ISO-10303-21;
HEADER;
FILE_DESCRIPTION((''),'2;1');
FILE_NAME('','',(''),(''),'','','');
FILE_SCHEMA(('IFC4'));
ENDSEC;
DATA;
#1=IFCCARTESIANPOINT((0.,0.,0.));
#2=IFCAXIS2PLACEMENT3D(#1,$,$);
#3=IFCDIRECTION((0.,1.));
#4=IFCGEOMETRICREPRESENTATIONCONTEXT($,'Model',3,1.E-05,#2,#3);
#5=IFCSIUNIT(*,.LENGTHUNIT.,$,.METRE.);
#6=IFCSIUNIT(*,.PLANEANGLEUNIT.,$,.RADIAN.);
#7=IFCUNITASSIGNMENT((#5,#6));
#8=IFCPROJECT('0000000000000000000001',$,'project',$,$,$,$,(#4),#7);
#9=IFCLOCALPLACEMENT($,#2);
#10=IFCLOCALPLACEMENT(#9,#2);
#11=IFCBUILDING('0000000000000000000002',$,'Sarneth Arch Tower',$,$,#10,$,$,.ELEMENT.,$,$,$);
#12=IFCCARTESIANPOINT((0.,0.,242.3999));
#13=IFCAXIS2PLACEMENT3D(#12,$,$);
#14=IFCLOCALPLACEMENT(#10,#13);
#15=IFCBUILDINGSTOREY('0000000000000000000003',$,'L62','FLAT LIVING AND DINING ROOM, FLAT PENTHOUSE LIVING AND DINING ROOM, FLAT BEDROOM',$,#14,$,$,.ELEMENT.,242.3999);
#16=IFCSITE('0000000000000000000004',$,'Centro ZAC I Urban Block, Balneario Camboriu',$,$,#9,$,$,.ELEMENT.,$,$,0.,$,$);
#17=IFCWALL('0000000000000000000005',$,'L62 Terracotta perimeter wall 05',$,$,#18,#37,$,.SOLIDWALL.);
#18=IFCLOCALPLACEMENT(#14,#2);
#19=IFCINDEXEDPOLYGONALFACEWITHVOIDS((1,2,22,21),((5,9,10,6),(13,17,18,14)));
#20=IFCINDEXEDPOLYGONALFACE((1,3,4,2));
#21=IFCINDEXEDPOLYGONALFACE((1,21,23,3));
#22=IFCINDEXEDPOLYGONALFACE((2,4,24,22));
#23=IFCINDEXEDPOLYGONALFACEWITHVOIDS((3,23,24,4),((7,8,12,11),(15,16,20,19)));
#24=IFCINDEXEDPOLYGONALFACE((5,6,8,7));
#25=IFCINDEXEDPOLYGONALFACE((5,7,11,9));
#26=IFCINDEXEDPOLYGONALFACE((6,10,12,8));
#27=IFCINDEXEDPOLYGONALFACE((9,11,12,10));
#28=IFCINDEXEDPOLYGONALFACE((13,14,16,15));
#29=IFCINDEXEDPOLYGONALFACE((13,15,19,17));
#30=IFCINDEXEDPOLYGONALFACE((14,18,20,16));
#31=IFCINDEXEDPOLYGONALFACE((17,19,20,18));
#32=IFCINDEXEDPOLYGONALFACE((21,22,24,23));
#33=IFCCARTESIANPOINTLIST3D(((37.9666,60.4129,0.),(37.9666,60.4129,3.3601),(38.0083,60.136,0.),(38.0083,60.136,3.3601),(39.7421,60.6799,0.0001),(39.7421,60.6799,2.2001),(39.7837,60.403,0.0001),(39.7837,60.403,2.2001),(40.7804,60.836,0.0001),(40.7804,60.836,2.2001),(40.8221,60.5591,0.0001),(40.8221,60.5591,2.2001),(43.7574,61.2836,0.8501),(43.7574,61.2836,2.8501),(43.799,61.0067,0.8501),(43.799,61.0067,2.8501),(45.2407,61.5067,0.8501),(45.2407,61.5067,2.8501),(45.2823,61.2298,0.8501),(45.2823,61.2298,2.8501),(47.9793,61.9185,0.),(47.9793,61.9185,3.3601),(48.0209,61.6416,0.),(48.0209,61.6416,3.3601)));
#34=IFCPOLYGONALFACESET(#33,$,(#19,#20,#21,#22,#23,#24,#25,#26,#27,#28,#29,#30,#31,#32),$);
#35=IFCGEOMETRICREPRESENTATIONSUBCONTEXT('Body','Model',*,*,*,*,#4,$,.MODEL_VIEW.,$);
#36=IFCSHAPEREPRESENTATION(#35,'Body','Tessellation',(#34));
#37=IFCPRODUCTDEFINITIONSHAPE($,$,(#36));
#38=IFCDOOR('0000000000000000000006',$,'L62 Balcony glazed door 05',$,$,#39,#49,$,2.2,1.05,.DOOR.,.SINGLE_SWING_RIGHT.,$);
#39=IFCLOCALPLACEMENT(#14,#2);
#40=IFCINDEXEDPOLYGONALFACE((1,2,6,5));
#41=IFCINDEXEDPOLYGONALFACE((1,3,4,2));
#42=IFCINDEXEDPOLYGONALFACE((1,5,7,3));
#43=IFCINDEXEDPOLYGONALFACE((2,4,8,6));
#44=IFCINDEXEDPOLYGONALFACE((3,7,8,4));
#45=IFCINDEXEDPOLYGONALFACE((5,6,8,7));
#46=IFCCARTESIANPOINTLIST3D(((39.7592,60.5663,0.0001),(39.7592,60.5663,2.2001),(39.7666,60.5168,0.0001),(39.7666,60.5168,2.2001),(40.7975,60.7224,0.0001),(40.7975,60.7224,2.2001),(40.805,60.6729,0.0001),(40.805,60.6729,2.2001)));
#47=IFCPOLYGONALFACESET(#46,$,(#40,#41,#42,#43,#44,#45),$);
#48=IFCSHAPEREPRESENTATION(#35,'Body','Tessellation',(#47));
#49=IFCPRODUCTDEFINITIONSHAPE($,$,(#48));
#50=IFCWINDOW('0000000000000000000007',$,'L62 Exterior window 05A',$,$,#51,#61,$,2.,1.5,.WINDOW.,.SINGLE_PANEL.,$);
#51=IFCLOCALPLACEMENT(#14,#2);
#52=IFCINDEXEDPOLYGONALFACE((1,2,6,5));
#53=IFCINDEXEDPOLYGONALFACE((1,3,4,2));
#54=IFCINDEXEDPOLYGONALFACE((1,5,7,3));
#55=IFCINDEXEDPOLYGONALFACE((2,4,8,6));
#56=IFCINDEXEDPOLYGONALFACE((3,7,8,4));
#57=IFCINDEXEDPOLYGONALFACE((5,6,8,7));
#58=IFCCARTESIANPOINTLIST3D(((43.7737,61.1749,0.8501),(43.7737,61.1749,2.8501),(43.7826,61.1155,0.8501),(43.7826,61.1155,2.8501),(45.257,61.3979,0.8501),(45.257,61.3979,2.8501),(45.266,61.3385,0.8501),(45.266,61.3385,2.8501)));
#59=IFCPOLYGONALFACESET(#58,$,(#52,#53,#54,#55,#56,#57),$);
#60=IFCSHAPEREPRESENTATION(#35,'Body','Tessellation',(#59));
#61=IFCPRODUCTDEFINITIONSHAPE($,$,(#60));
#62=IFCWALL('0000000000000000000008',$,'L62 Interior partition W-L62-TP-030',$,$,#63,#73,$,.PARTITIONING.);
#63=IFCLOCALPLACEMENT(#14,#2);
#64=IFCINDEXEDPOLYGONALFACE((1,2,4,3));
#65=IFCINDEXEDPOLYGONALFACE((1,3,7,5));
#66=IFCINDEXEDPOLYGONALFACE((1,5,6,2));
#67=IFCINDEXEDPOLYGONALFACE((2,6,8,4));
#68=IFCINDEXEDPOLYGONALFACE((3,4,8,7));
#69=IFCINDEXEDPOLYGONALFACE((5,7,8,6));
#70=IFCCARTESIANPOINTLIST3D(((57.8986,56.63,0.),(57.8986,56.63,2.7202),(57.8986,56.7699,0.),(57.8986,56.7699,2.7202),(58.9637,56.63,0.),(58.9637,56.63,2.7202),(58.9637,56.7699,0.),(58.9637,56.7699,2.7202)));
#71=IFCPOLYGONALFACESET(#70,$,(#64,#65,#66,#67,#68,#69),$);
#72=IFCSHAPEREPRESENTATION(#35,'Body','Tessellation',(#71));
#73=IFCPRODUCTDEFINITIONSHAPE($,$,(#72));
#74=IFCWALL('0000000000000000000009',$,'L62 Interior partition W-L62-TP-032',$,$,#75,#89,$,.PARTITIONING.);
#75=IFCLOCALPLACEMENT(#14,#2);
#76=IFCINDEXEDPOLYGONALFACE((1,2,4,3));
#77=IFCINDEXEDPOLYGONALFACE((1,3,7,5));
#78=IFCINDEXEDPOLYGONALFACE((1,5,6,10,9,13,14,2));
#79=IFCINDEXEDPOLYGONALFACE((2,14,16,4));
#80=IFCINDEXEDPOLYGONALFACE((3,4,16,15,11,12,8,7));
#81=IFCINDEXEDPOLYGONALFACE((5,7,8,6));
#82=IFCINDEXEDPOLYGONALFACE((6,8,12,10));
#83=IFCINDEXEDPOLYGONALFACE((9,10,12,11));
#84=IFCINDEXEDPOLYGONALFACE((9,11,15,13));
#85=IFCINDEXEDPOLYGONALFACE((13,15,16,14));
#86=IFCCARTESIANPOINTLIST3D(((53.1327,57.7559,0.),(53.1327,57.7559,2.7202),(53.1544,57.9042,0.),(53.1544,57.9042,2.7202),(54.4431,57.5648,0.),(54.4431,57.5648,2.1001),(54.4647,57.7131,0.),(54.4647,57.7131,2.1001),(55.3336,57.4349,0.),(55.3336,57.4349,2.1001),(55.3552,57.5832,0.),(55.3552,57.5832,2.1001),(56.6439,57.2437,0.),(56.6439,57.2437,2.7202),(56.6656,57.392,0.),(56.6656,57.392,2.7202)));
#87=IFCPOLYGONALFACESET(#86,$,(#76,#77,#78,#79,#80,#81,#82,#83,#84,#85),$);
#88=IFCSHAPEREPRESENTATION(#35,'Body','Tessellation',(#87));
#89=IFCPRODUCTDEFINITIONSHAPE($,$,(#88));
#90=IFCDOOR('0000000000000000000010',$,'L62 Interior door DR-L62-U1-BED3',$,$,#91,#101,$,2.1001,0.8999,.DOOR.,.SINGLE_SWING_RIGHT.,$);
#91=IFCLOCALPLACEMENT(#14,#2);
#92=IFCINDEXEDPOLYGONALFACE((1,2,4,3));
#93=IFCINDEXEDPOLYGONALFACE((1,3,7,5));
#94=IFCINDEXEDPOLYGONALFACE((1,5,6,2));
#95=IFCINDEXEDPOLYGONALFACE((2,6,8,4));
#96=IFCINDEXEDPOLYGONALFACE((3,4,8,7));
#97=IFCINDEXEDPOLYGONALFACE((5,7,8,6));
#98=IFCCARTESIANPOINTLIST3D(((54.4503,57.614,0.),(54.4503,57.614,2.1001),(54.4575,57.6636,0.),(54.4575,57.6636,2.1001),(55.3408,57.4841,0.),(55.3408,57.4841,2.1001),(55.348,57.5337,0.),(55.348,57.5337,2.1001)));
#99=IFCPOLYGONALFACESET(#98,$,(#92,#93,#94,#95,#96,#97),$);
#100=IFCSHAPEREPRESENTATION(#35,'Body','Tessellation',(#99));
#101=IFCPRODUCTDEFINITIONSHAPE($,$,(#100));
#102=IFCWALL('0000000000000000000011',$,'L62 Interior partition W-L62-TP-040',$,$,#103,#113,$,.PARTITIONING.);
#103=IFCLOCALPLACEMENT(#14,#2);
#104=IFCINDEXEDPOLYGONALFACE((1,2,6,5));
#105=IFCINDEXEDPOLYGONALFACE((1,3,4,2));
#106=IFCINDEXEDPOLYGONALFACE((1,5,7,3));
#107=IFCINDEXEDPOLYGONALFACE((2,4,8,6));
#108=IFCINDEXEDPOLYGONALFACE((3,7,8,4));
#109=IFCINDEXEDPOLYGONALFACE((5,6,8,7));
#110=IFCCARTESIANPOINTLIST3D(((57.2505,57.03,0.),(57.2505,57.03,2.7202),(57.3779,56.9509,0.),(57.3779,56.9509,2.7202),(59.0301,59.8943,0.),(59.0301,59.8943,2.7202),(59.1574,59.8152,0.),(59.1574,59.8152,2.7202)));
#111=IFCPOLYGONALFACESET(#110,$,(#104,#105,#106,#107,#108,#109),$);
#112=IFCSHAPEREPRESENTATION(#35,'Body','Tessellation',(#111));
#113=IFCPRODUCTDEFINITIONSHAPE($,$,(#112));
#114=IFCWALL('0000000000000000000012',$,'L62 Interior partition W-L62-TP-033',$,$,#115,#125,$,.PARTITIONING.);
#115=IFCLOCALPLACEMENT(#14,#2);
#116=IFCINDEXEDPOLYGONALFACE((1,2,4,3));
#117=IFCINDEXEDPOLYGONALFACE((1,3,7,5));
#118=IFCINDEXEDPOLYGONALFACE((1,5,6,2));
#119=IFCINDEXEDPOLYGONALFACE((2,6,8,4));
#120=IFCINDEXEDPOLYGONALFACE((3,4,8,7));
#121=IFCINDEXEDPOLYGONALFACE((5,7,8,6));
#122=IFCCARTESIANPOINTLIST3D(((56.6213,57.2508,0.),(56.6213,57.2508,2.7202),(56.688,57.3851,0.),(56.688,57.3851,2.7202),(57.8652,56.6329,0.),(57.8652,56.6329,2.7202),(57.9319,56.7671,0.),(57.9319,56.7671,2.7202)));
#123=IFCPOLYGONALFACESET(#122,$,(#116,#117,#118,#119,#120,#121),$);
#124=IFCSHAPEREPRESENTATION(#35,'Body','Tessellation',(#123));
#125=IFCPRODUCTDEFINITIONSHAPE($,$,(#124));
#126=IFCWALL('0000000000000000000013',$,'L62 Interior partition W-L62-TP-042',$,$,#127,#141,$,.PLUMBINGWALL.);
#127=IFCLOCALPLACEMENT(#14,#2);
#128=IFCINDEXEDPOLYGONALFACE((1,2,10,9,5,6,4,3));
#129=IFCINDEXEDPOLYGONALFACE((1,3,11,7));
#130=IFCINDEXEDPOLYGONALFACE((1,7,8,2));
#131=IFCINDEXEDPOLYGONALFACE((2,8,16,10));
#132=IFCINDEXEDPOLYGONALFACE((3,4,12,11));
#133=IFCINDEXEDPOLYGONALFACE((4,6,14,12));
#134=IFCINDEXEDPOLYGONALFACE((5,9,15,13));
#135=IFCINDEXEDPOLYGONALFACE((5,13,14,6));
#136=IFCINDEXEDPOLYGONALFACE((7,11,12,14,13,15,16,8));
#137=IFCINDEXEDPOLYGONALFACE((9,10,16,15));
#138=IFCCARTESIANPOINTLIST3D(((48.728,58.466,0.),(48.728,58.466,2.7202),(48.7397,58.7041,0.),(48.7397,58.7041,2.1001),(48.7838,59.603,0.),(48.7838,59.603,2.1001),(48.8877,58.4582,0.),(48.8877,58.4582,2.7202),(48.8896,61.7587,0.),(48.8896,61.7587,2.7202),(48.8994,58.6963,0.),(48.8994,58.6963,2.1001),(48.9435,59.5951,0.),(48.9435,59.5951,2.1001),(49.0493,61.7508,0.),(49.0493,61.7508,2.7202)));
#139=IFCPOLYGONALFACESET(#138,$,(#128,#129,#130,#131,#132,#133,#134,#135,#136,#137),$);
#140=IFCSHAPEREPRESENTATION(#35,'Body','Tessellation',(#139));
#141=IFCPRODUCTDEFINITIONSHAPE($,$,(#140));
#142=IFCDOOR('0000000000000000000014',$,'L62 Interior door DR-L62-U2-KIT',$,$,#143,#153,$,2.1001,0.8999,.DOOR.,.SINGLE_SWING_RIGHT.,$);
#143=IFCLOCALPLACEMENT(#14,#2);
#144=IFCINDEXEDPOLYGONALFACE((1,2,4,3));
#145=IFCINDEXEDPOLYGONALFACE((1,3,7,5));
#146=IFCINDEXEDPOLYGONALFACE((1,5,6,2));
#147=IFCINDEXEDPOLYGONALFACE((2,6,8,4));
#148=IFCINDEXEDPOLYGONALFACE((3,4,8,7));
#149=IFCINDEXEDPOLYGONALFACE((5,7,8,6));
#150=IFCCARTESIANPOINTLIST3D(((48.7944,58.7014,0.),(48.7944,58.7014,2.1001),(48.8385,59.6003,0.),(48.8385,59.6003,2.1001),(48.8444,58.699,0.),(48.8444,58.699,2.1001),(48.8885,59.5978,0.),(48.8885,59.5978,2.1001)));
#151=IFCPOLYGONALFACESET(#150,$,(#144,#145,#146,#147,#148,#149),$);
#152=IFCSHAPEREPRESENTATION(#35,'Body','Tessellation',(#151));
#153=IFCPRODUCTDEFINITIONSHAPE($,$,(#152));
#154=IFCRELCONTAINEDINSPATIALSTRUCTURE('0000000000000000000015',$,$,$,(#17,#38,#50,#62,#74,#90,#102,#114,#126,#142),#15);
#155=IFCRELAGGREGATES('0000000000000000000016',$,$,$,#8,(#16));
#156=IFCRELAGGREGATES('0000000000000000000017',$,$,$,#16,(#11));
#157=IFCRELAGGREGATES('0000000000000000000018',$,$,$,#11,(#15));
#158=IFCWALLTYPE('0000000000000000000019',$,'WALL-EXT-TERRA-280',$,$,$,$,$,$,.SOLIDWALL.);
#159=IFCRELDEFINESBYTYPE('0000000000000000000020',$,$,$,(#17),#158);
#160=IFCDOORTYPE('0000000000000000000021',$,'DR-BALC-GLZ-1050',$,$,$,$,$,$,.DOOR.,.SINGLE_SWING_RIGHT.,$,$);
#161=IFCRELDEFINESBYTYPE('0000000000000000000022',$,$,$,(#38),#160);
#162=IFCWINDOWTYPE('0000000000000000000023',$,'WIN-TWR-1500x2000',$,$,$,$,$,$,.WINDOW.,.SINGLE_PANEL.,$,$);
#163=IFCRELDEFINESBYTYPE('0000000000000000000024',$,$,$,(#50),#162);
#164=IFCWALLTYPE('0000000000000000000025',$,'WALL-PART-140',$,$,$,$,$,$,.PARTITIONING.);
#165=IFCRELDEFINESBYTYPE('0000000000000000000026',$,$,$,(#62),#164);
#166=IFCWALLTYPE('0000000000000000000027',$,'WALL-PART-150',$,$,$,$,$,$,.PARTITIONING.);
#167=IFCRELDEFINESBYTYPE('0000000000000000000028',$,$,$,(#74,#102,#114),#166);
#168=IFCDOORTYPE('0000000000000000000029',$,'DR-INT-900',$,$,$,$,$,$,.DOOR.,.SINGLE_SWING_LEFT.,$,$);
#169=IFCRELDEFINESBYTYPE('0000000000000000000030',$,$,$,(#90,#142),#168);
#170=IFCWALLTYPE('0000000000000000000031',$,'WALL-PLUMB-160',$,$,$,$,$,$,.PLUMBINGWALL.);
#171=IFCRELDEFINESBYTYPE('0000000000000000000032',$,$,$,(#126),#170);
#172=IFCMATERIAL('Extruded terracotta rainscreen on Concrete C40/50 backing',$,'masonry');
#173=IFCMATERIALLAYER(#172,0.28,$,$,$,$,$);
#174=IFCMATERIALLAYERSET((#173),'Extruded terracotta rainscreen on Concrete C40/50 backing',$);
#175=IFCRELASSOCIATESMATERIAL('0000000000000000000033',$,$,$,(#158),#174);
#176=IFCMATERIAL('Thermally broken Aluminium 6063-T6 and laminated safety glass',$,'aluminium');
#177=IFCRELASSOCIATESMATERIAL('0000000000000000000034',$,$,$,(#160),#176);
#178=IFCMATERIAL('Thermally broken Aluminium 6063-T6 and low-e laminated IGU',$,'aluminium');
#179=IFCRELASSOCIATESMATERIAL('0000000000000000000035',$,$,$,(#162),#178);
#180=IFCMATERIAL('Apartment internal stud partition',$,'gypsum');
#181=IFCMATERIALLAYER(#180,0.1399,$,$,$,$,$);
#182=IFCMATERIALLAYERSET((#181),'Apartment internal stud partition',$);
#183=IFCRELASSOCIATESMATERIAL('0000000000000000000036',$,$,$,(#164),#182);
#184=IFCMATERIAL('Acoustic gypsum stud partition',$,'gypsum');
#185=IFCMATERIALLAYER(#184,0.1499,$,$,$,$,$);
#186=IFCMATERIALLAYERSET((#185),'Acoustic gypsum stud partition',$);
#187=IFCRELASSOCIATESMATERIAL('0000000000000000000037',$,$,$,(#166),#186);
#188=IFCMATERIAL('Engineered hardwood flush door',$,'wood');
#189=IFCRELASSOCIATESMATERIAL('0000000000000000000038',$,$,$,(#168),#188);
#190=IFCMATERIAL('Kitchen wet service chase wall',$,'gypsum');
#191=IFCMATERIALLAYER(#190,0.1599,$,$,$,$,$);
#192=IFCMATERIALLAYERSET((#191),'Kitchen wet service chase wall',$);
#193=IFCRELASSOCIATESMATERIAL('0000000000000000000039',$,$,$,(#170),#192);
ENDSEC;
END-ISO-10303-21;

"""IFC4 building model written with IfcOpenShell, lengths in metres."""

from ifc_helpers import new_model, si_unit, direction, frame, frame_2d, origin, place, context, subcontext, project, spatial, rectangle, extrude, material, layer, layer_set, type_object, element, fill, save


model = new_model("IFC4")

# Units and contexts
model_context = context("Model", 3, precision=1e-05, world=origin(), true_north=direction((0.0, 1.0)))
body_context = subcontext(model_context, "Body", "Model", "MODEL_VIEW")
ifc_project = project(units=[si_unit("LENGTHUNIT", "METRE"), si_unit("PLANEANGLEUNIT", "RADIAN")], contexts=[model_context])

# Site, building, storey
site_placement = place(None, origin())
site = spatial("IfcSite", under=ifc_project, at=site_placement, Name="Centro ZAC I Urban Block, Balneario Camboriu", CompositionType="ELEMENT", RefElevation=0.0)
building_placement = place(site_placement, origin())
building = spatial("IfcBuilding", under=site, at=building_placement, Name="Sarneth Arch Tower", CompositionType="ELEMENT")
storey_placement = place(building_placement, frame((0.0, 0.0, 242.3999)))
storey = spatial("IfcBuildingStorey", under=building, at=storey_placement, Name="L62", Description="FLAT LIVING AND DINING ROOM, FLAT PENTHOUSE LIVING AND DINING ROOM, FLAT BEDROOM", CompositionType="ELEMENT", Elevation=242.3999)

# Wall, openings, door, window
ifc_material_1 = material(Name="Extruded terracotta rainscreen on Concrete C40/50 backing", Category="masonry")
ifc_layer_1 = layer(ifc_material_1, 0.28)
ifc_layer_set_1 = layer_set([ifc_layer_1], Name="Extruded terracotta rainscreen on Concrete C40/50 backing")
wall_type_1 = type_object("IfcWallType", Name="WALL-EXT-TERRA-280", PredefinedType="SOLIDWALL", material=ifc_layer_set_1)
wall_1_placement = place(storey_placement, frame((48.0, 61.78, 0.0), z_axis=(0.0, 0.0, 1.0), x_axis=(-0.988883, -0.148699, 0.0)))
wall_1 = element("IfcWall", 1, at=wall_1_placement, inside=storey, type_object=wall_type_1, Name="L62 Terracotta perimeter wall 05", PredefinedType="SOLIDWALL", context=body_context, shape_type="SweptSolid", body=[
    extrude(rectangle(XDim=10.1252, YDim=0.28, at=frame_2d((5.0625, 0.0))), origin(), (0.0, 0.0, 1.0), 3.3601),
])
opening_1_placement = place(wall_1_placement, frame((2.7693, 0.0, 0.8501)))
opening_1 = element("IfcOpeningElement", 2, at=opening_1_placement, cuts=wall_1, PredefinedType="OPENING", context=body_context, shape_type="SweptSolid", body=[
    extrude(rectangle(XDim=1.5, YDim=2.0, at=frame_2d((0.75, 1.0))), frame((0.0, 0.1499, 0.0), z_axis=(0.0, -1.0, 0.0), x_axis=(1.0, 0.0, 0.0)), (0.0, 0.0, 1.0), 0.3),
])
opening_2_placement = place(wall_1_placement, frame((7.2798, 0.0, 0.0)))
opening_2 = element("IfcOpeningElement", 3, at=opening_2_placement, cuts=wall_1, PredefinedType="OPENING", context=body_context, shape_type="SweptSolid", body=[
    extrude(rectangle(XDim=1.05, YDim=2.2, at=frame_2d((0.5249, 1.1001))), frame((0.0, 0.1499, 0.0), z_axis=(0.0, -1.0, 0.0), x_axis=(1.0, 0.0, 0.0)), (0.0, 0.0, 1.0), 0.3),
])
ifc_material_2 = material(Name="Thermally broken Aluminium 6063-T6 and laminated safety glass", Category="aluminium")
door_type_1 = type_object("IfcDoorType", Name="DR-BALC-GLZ-1050", OperationType="SINGLE_SWING_RIGHT", PredefinedType="DOOR", material=ifc_material_2)
door_1_placement = place(opening_2_placement, origin())
door_1 = element("IfcDoor", 4, at=door_1_placement, inside=storey, type_object=door_type_1, Name="L62 Balcony glazed door 05", OperationType="SINGLE_SWING_RIGHT", OverallHeight=2.2, OverallWidth=1.05, PredefinedType="DOOR", context=body_context, shape_type="SweptSolid", body=[
    extrude(rectangle(XDim=1.05, YDim=2.2, at=frame_2d((0.5249, 1.1001))), frame((0.0, 0.0249, 0.0), z_axis=(0.0, -1.0, 0.0), x_axis=(1.0, 0.0, 0.0)), (0.0, 0.0, 1.0), 0.05),
])
fill(opening_2, door_1)
ifc_material_3 = material(Name="Thermally broken Aluminium 6063-T6 and low-e laminated IGU", Category="aluminium")
window_type_1 = type_object("IfcWindowType", Name="WIN-TWR-1500x2000", PartitioningType="SINGLE_PANEL", PredefinedType="WINDOW", material=ifc_material_3)
window_1_placement = place(opening_1_placement, origin())
window_1 = element("IfcWindow", 5, at=window_1_placement, inside=storey, type_object=window_type_1, Name="L62 Exterior window 05A", OverallHeight=2.0, OverallWidth=1.5, PartitioningType="SINGLE_PANEL", PredefinedType="WINDOW", context=body_context, shape_type="SweptSolid", body=[
    extrude(rectangle(XDim=1.5, YDim=2.0, at=frame_2d((0.75, 1.0))), frame((0.0, 0.03, 0.0), z_axis=(0.0, -1.0, 0.0), x_axis=(1.0, 0.0, 0.0)), (0.0, 0.0, 1.0), 0.0601),
])
fill(opening_1, window_1)

# Wall
ifc_material_4 = material(Name="Apartment internal stud partition", Category="gypsum")
ifc_layer_2 = layer(ifc_material_4, 0.1399)
ifc_layer_set_2 = layer_set([ifc_layer_2], Name="Apartment internal stud partition")
wall_type_2 = type_object("IfcWallType", Name="WALL-PART-140", PredefinedType="PARTITIONING", material=ifc_layer_set_2)
wall_2_placement = place(storey_placement, frame((58.9639, 56.7, 0.0), z_axis=(0.0, 0.0, 1.0), x_axis=(-1.0, 0.0, 0.0)))
element("IfcWall", 6, at=wall_2_placement, inside=storey, type_object=wall_type_2, Name="L62 Interior partition W-L62-TP-030", PredefinedType="PARTITIONING", context=body_context, shape_type="SweptSolid", body=[
    extrude(rectangle(XDim=1.0652, YDim=0.1399, at=frame_2d((0.5327, 0.0))), origin(), (0.0, 0.0, 1.0), 2.7202),
])

# Wall, opening, door
ifc_material_5 = material(Name="Acoustic gypsum stud partition", Category="gypsum")
ifc_layer_3 = layer(ifc_material_5, 0.1499)
ifc_layer_set_3 = layer_set([ifc_layer_3], Name="Acoustic gypsum stud partition")
wall_type_3 = type_object("IfcWallType", Name="WALL-PART-150", PredefinedType="PARTITIONING", material=ifc_layer_set_3)
wall_3_placement = place(storey_placement, frame((53.1436, 57.8301, 0.0), z_axis=(0.0, 0.0, 1.0), x_axis=(0.989527, -0.144349, 0.0)))
wall_3 = element("IfcWall", 7, at=wall_3_placement, inside=storey, type_object=wall_type_3, Name="L62 Interior partition W-L62-TP-032", PredefinedType="PARTITIONING", context=body_context, shape_type="SweptSolid", body=[
    extrude(rectangle(XDim=3.5483, YDim=0.1499, at=frame_2d((1.7742, 0.0))), origin(), (0.0, 0.0, 1.0), 2.7202),
])
opening_3_placement = place(wall_3_placement, frame((1.3242, 0.0, 0.0)))
opening_3 = element("IfcOpeningElement", 8, at=opening_3_placement, cuts=wall_3, PredefinedType="OPENING", context=body_context, shape_type="SweptSolid", body=[
    extrude(rectangle(XDim=0.8999, YDim=2.1001, at=frame_2d((0.45, 1.05))), frame((0.0, 0.085, 0.0), z_axis=(0.0, -1.0, 0.0), x_axis=(1.0, 0.0, 0.0)), (0.0, 0.0, 1.0), 0.1699),
])
ifc_material_6 = material(Name="Engineered hardwood flush door", Category="wood")
door_type_2 = type_object("IfcDoorType", Name="DR-INT-900", OperationType="SINGLE_SWING_LEFT", PredefinedType="DOOR", material=ifc_material_6)
door_2_placement = place(opening_3_placement, origin())
door_2 = element("IfcDoor", 9, at=door_2_placement, inside=storey, type_object=door_type_2, Name="L62 Interior door DR-L62-U1-BED3", OperationType="SINGLE_SWING_RIGHT", OverallHeight=2.1001, OverallWidth=0.8999, PredefinedType="DOOR", context=body_context, shape_type="SweptSolid", body=[
    extrude(rectangle(XDim=0.8999, YDim=2.1001, at=frame_2d((0.45, 1.05))), frame((0.0, 0.0249, 0.0), z_axis=(0.0, -1.0, 0.0), x_axis=(1.0, 0.0, 0.0)), (0.0, 0.0, 1.0), 0.05),
])
fill(opening_3, door_2)

# Walls
wall_4_placement = place(storey_placement, frame((57.3142, 56.9905, 0.0), z_axis=(0.0, 0.0, 1.0), x_axis=(0.527732, 0.849411, 0.0)))
element("IfcWall", 10, at=wall_4_placement, inside=storey, type_object=wall_type_3, Name="L62 Interior partition W-L62-TP-040", PredefinedType="PARTITIONING", context=body_context, shape_type="SweptSolid", body=[
    extrude(rectangle(XDim=3.3721, YDim=0.1499, at=frame_2d((1.686, 0.0))), origin(), (0.0, 0.0, 1.0), 2.7202),
])
wall_5_placement = place(storey_placement, frame((56.6548, 57.3179, 0.0), z_axis=(0.0, 0.0, 1.0), x_axis=(0.895584, -0.444892, 0.0)))
element("IfcWall", 11, at=wall_5_placement, inside=storey, type_object=wall_type_3, Name="L62 Interior partition W-L62-TP-033", PredefinedType="PARTITIONING", context=body_context, shape_type="SweptSolid", body=[
    extrude(rectangle(XDim=1.3889, YDim=0.1499, at=frame_2d((0.6943, 0.0))), origin(), (0.0, 0.0, 1.0), 2.7202),
])

# Wall, opening, door
ifc_material_7 = material(Name="Kitchen wet service chase wall", Category="gypsum")
ifc_layer_4 = layer(ifc_material_7, 0.1599)
ifc_layer_set_4 = layer_set([ifc_layer_4], Name="Kitchen wet service chase wall")
wall_type_4 = type_object("IfcWallType", Name="WALL-PLUMB-160", PredefinedType="PLUMBINGWALL", material=ifc_layer_set_4)
wall_6_placement = place(storey_placement, frame((48.9695, 61.7549, 0.0), z_axis=(0.0, 0.0, 1.0), x_axis=(-0.049025, -0.998798, 0.0)))
wall_6 = element("IfcWall", 12, at=wall_6_placement, inside=storey, type_object=wall_type_4, Name="L62 Interior partition W-L62-TP-042", PredefinedType="PLUMBINGWALL", context=body_context, shape_type="SweptSolid", body=[
    extrude(rectangle(XDim=3.2966, YDim=0.1599, at=frame_2d((1.6484, 0.0))), origin(), (0.0, 0.0, 1.0), 2.7202),
])
opening_4_placement = place(wall_6_placement, frame((2.1584, 0.0, 0.0)))
opening_4 = element("IfcOpeningElement", 13, at=opening_4_placement, cuts=wall_6, PredefinedType="OPENING", context=body_context, shape_type="SweptSolid", body=[
    extrude(rectangle(XDim=0.8999, YDim=2.1001, at=frame_2d((0.45, 1.05))), frame((0.0, 0.0898, 0.0), z_axis=(0.0, -1.0, 0.0), x_axis=(1.0, 0.0, 0.0)), (0.0, 0.0, 1.0), 0.1799),
])
door_3_placement = place(opening_4_placement, origin())
door_3 = element("IfcDoor", 14, at=door_3_placement, inside=storey, type_object=door_type_2, Name="L62 Interior door DR-L62-U2-KIT", OperationType="SINGLE_SWING_RIGHT", OverallHeight=2.1001, OverallWidth=0.8999, PredefinedType="DOOR", context=body_context, shape_type="SweptSolid", body=[
    extrude(rectangle(XDim=0.8999, YDim=2.1001, at=frame_2d((0.45, 1.05))), frame((0.0, 0.0249, 0.0), z_axis=(0.0, -1.0, 0.0), x_axis=(1.0, 0.0, 0.0)), (0.0, 0.0, 1.0), 0.05),
])
fill(opening_4, door_3)

save(model, "model.ifc")
